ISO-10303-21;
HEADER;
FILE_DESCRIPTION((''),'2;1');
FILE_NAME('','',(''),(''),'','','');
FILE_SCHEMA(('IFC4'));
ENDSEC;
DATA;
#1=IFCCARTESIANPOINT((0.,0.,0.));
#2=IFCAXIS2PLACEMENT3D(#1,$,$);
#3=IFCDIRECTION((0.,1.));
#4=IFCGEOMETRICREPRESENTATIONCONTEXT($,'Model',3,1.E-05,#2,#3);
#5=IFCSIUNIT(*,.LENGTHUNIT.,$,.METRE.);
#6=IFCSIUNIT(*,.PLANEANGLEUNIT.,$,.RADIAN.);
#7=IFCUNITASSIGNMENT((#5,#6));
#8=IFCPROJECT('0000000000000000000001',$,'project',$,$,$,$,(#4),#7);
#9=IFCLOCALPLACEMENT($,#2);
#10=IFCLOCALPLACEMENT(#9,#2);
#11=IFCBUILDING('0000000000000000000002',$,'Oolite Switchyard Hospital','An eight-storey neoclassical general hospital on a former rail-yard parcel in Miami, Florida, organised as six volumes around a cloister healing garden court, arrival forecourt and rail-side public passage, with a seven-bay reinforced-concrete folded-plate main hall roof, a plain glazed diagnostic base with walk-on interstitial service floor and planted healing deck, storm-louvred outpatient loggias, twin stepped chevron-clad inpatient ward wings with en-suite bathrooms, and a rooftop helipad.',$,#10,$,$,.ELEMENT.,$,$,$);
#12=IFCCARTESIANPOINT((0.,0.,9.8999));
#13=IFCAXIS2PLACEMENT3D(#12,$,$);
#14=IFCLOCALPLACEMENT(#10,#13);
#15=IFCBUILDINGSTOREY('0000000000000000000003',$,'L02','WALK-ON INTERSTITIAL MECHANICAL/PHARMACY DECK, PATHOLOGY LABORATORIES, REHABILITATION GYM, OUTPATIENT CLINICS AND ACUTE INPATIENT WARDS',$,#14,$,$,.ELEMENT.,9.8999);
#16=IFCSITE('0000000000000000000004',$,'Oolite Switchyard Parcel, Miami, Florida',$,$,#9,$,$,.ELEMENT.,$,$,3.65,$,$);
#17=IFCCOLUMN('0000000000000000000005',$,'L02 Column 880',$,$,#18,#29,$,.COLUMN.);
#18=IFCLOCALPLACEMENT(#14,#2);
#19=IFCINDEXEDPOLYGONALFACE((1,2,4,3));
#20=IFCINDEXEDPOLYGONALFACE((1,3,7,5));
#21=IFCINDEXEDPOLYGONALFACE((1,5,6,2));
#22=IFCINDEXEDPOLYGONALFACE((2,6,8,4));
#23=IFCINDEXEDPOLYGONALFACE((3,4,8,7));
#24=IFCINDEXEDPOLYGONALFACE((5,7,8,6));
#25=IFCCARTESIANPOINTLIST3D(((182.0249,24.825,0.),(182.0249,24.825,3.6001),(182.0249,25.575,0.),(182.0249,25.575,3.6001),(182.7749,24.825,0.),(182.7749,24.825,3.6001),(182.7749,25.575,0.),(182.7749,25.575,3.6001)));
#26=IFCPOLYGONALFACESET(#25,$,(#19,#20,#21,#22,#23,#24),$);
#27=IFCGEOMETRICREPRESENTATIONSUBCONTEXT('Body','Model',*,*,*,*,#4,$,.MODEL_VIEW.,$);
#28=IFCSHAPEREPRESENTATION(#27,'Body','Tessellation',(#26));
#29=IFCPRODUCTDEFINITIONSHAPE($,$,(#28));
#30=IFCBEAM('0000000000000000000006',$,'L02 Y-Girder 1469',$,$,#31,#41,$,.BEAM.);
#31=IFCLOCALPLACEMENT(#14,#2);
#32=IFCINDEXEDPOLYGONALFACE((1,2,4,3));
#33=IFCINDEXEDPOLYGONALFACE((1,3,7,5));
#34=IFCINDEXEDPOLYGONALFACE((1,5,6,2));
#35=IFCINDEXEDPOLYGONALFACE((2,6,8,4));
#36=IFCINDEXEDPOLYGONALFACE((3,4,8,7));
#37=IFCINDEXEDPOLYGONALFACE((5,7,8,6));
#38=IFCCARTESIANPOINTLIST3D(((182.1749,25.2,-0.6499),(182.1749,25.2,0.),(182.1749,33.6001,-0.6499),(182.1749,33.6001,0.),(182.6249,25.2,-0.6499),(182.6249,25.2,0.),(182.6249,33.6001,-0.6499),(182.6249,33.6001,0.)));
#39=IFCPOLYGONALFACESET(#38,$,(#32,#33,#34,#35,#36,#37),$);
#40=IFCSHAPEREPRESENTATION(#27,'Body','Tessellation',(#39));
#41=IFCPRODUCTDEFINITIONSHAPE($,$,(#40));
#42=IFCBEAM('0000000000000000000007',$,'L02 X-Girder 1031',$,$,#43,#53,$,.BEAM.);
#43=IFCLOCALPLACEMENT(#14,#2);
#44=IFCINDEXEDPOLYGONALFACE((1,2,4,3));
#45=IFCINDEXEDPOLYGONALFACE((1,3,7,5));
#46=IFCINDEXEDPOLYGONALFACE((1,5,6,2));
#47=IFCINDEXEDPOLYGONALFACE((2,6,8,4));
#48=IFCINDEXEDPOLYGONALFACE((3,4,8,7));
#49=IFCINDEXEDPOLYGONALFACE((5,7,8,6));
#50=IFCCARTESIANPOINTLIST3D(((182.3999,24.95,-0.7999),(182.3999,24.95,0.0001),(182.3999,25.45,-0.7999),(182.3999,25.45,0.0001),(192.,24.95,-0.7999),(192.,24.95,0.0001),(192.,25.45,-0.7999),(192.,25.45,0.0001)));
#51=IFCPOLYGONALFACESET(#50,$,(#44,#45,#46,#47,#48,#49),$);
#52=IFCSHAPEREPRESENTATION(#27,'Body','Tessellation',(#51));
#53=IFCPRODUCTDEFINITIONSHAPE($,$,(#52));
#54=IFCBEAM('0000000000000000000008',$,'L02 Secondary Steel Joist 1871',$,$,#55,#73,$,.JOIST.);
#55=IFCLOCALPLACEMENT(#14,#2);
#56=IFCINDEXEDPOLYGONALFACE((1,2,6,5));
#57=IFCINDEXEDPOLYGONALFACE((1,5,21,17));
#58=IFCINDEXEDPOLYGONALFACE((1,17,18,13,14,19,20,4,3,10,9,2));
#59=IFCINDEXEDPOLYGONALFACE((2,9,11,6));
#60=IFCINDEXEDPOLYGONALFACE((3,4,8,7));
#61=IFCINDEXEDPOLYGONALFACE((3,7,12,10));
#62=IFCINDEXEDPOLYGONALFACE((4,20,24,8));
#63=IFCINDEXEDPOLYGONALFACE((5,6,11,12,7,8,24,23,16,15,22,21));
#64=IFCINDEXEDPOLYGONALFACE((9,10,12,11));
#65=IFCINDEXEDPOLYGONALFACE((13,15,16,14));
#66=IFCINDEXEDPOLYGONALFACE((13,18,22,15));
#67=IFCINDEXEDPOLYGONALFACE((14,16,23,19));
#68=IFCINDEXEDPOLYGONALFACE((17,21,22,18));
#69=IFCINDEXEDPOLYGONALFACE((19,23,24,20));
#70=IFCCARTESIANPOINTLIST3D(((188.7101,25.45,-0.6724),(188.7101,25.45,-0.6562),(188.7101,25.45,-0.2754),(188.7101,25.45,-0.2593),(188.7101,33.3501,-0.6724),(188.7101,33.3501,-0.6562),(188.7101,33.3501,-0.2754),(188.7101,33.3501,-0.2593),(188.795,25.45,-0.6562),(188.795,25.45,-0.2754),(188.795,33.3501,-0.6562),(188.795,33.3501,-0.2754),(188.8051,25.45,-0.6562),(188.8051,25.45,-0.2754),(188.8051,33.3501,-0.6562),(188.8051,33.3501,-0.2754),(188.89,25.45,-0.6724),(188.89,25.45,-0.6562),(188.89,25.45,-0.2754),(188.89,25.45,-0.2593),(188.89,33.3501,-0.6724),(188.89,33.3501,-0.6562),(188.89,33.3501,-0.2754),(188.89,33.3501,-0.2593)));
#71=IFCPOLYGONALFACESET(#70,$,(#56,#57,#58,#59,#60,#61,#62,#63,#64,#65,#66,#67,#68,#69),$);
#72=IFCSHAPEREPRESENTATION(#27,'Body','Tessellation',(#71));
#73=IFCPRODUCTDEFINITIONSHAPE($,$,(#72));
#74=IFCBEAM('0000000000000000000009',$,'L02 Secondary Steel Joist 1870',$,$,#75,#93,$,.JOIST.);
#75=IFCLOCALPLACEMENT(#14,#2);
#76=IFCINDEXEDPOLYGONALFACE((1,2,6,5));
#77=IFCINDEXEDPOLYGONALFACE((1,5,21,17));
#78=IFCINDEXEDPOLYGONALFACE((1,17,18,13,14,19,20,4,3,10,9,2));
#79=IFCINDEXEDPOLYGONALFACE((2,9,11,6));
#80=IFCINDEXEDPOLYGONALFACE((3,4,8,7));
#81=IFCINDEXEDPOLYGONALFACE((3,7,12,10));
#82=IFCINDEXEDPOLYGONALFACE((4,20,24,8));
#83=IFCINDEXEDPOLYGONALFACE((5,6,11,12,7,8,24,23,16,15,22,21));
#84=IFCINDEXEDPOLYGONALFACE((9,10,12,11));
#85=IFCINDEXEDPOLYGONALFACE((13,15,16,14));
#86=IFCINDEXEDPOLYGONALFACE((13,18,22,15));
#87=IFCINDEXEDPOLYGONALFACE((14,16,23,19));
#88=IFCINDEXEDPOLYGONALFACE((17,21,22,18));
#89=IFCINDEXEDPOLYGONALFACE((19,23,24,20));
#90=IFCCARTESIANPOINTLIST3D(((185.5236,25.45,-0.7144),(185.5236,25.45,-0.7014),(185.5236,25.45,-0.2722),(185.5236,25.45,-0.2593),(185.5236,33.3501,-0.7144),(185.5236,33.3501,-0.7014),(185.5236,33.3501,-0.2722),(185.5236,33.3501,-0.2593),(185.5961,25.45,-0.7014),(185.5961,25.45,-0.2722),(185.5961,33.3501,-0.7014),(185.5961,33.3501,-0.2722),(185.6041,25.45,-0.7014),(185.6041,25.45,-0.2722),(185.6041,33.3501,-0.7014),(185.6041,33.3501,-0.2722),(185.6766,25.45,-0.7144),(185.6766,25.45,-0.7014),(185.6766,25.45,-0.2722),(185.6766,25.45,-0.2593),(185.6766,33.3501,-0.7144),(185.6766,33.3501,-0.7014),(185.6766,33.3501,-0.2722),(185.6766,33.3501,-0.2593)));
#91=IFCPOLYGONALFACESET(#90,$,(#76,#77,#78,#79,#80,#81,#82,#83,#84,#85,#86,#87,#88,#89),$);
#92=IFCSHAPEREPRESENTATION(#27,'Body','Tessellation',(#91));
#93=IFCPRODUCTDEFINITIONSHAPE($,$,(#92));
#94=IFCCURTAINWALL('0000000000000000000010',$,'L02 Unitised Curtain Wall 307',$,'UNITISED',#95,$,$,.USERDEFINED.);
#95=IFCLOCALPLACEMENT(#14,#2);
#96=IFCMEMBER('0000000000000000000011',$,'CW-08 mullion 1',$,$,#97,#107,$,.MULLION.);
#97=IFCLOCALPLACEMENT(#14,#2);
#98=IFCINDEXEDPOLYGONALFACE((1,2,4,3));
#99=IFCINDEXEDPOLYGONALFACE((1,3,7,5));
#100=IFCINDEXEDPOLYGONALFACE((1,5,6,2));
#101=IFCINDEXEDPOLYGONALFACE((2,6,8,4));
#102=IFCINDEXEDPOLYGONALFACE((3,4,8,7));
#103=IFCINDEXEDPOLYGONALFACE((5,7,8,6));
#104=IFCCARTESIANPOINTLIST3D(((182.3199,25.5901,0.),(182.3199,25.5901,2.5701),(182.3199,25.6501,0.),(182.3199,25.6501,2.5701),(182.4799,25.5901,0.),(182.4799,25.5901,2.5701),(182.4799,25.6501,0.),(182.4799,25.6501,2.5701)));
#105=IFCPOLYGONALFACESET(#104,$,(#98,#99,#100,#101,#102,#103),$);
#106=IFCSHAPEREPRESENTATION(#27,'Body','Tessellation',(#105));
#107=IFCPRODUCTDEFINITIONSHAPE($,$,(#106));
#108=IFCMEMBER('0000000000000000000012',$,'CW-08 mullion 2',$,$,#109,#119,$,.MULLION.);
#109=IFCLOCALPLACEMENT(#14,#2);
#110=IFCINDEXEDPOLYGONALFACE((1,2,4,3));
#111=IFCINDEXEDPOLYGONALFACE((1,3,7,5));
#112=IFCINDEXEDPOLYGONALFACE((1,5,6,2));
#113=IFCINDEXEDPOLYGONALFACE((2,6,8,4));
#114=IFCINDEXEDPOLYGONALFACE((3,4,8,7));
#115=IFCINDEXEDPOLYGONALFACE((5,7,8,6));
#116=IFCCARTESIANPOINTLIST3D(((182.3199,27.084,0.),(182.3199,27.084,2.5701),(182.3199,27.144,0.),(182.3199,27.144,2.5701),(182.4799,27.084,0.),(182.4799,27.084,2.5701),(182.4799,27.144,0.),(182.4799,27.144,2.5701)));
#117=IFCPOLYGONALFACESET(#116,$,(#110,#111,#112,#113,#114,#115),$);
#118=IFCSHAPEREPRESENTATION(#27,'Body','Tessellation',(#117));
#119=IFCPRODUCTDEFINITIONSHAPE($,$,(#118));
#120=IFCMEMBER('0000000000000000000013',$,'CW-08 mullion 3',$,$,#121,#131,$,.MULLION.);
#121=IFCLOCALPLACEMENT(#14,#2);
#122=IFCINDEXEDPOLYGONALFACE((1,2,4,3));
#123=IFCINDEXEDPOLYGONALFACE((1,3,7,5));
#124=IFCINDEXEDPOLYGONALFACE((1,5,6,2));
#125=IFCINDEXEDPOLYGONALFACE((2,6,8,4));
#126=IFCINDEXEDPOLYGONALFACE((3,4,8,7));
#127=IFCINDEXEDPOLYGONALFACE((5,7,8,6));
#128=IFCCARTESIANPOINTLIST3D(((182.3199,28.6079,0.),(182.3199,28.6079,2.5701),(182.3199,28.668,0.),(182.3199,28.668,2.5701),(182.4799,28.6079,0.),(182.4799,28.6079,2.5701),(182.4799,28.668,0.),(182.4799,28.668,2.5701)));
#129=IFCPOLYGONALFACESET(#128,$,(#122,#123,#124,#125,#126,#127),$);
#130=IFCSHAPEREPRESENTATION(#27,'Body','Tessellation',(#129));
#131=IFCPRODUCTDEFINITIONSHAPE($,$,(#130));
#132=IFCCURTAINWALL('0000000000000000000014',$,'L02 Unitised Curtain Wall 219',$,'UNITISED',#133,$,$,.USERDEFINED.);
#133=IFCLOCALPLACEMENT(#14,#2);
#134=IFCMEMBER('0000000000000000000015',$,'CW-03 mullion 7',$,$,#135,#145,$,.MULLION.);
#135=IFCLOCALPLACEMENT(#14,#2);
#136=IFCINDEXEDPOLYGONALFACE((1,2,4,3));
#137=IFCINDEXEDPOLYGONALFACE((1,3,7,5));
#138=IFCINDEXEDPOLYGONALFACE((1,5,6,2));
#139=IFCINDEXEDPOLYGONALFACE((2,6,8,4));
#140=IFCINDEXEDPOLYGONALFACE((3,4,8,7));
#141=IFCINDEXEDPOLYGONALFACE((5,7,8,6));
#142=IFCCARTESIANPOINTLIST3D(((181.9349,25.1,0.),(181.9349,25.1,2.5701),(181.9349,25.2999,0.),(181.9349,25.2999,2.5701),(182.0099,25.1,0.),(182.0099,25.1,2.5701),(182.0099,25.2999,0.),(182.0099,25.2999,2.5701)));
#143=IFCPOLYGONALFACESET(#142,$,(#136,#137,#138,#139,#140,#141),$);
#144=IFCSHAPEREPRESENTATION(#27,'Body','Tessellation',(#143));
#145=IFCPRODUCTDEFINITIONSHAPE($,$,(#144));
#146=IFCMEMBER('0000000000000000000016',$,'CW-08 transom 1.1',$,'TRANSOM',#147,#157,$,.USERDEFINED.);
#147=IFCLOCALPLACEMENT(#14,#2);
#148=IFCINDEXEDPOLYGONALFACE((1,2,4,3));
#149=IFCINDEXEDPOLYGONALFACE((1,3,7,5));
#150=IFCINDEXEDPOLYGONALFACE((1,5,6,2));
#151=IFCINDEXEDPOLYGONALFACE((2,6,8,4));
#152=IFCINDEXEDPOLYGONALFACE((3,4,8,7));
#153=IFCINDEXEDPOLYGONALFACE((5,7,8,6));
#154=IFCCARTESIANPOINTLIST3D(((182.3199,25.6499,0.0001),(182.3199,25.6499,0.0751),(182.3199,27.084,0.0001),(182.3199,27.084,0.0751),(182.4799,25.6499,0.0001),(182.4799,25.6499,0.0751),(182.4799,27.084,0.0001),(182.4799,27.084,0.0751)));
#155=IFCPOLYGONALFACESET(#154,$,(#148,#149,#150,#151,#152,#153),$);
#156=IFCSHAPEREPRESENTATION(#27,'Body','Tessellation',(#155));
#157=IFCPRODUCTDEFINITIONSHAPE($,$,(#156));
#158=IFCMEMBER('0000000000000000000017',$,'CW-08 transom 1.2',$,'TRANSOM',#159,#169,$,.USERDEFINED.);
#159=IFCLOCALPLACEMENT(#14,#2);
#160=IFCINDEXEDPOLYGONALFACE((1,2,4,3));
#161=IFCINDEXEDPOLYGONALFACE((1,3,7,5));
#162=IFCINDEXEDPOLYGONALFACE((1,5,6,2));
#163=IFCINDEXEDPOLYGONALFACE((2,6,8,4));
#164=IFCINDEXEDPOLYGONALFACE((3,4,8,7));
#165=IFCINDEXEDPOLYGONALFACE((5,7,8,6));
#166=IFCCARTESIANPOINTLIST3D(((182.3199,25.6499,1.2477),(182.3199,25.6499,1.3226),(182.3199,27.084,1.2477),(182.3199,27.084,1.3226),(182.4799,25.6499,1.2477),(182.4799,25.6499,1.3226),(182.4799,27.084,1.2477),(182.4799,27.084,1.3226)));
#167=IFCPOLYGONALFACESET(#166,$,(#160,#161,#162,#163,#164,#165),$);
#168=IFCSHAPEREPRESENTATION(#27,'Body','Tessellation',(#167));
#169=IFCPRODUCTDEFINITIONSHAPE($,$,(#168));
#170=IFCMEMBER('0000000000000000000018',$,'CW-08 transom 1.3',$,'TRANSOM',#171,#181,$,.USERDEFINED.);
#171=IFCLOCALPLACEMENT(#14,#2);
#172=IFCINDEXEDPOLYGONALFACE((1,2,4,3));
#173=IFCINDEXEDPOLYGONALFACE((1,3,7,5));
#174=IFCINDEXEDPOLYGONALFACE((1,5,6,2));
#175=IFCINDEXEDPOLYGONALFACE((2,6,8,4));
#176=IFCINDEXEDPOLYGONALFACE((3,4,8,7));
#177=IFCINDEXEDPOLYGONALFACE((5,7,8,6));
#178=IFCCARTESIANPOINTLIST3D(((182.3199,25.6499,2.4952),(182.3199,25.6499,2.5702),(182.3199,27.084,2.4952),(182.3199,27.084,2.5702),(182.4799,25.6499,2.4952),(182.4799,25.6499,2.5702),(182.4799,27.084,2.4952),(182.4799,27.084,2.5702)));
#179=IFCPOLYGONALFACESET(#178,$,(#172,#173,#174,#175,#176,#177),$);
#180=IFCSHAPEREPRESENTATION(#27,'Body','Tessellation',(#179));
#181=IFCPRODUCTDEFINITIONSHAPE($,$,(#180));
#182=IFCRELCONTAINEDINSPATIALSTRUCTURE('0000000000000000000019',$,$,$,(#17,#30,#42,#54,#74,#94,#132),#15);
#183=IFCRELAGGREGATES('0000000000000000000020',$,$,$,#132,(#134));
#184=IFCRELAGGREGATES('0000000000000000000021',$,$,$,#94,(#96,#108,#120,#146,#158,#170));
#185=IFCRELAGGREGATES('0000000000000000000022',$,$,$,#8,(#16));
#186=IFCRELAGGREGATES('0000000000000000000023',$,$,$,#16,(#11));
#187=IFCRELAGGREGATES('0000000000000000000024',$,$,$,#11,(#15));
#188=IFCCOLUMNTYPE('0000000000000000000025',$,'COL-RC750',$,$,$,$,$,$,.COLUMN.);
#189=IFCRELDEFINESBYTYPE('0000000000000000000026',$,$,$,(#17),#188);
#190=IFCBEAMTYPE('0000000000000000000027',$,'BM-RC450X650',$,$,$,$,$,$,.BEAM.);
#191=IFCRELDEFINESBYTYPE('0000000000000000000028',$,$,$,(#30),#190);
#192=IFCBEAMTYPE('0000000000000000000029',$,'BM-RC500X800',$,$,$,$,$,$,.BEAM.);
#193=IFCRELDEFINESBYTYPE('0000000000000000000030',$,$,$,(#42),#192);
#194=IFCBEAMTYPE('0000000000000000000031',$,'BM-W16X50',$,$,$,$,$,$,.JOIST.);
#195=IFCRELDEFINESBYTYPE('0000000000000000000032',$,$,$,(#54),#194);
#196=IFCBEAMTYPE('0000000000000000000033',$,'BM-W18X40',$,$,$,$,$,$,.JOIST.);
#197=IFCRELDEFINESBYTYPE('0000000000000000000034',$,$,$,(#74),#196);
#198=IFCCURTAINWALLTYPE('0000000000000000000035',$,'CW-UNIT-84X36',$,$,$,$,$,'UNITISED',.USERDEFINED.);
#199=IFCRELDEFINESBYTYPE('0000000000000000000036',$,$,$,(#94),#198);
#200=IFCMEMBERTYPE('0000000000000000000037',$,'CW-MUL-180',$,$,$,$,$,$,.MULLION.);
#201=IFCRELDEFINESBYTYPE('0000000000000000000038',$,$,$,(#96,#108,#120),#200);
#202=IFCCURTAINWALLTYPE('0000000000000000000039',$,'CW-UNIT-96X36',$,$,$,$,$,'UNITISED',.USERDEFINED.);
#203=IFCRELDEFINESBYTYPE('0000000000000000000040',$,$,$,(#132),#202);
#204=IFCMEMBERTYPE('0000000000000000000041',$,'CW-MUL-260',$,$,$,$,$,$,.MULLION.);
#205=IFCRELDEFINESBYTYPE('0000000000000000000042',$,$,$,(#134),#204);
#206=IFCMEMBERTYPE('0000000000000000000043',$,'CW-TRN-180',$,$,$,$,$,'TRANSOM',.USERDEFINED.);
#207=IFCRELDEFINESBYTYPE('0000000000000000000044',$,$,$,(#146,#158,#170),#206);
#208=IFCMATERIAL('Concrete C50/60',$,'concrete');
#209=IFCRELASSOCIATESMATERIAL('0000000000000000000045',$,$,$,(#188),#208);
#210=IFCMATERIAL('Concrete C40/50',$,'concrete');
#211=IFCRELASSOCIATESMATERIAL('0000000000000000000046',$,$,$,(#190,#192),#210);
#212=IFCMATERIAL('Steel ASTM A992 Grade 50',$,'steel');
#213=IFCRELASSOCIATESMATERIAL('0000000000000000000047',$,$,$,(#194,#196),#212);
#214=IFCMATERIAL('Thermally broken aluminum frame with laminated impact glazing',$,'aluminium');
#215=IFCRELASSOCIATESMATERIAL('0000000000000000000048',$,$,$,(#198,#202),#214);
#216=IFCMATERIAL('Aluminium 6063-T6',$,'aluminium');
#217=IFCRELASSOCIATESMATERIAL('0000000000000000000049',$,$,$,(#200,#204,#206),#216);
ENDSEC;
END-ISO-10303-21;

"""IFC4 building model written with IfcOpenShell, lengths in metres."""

from ifc_helpers import new_model, si_unit, direction, frame, origin, origin_2d, place, context, subcontext, project, spatial, rectangle, i_section, extrude, material, material_profile, profile_set, type_object, element, aggregate, save


model = new_model("IFC4")

# Units and contexts
model_context = context("Model", 3, precision=1e-05, world=origin(), true_north=direction((0.0, 1.0)))
body_context = subcontext(model_context, "Body", "Model", "MODEL_VIEW")
ifc_project = project(units=[si_unit("LENGTHUNIT", "METRE"), si_unit("PLANEANGLEUNIT", "RADIAN")], contexts=[model_context])

# Site, building, storey
site_placement = place(None, origin())
site = spatial("IfcSite", under=ifc_project, at=site_placement, Name="Oolite Switchyard Parcel, Miami, Florida", CompositionType="ELEMENT", RefElevation=3.65)
building_placement = place(site_placement, origin())
building = spatial("IfcBuilding", under=site, at=building_placement, Name="Oolite Switchyard Hospital", Description="An eight-storey neoclassical general hospital on a former rail-yard parcel in Miami, Florida, organised as six volumes around a cloister healing garden court, arrival forecourt and rail-side public passage, with a seven-bay reinforced-concrete folded-plate main hall roof, a plain glazed diagnostic base with walk-on interstitial service floor and planted healing deck, storm-louvred outpatient loggias, twin stepped chevron-clad inpatient ward wings with en-suite bathrooms, and a rooftop helipad.", CompositionType="ELEMENT")
storey_placement = place(building_placement, frame((0.0, 0.0, 9.8999)))
storey = spatial("IfcBuildingStorey", under=building, at=storey_placement, Name="L02", Description="WALK-ON INTERSTITIAL MECHANICAL/PHARMACY DECK, PATHOLOGY LABORATORIES, REHABILITATION GYM, OUTPATIENT CLINICS AND ACUTE INPATIENT WARDS", CompositionType="ELEMENT", Elevation=9.8999)

# Column
ifc_material_1 = material(Name="Concrete C50/60", Category="concrete")
ifc_material_profile_1 = material_profile(ifc_material_1, rectangle(XDim=0.75, YDim=0.75, at=origin_2d()), Name="RC750X750")
ifc_profile_set_1 = profile_set([ifc_material_profile_1], Name="Concrete C50/60")
column_type = type_object("IfcColumnType", Name="COL-RC750", PredefinedType="COLUMN", material=ifc_profile_set_1)
column_placement = place(storey_placement, frame((182.3999, 25.2, 0.0), z_axis=(0.0, 0.0, 1.0), x_axis=(1.0, 0.0, 0.0)))
element("IfcColumn", 1, at=column_placement, inside=storey, type_object=column_type, Name="L02 Column 880", PredefinedType="COLUMN", context=body_context, shape_type="SweptSolid", body=[
    extrude(rectangle(XDim=0.75, YDim=0.75, at=origin_2d()), origin(), (0.0, 0.0, 1.0), 3.6001),
])

# Beams
ifc_material_2 = material(Name="Concrete C40/50", Category="concrete")
ifc_material_profile_2 = material_profile(ifc_material_2, rectangle(XDim=0.45, YDim=0.6499, at=origin_2d()), Name="RCB450X650")
ifc_profile_set_2 = profile_set([ifc_material_profile_2], Name="Concrete C40/50")
beam_type_1 = type_object("IfcBeamType", Name="BM-RC450X650", PredefinedType="BEAM", material=ifc_profile_set_2)
beam_1_placement = place(storey_placement, frame((182.3999, 25.2, -0.325), z_axis=(0.0, 1.0, 0.0), x_axis=(-1.0, 0.0, 0.0)))
element("IfcBeam", 2, at=beam_1_placement, inside=storey, type_object=beam_type_1, Name="L02 Y-Girder 1469", PredefinedType="BEAM", context=body_context, shape_type="SweptSolid", body=[
    extrude(rectangle(XDim=0.45, YDim=0.6499, at=origin_2d()), origin(), (0.0, 0.0, 1.0), 8.4001),
])
ifc_material_profile_3 = material_profile(ifc_material_2, rectangle(XDim=0.5, YDim=0.8, at=origin_2d()), Name="RCB500X800")
ifc_profile_set_3 = profile_set([ifc_material_profile_3], Name="Concrete C40/50")
beam_type_2 = type_object("IfcBeamType", Name="BM-RC500X800", PredefinedType="BEAM", material=ifc_profile_set_3)
beam_2_placement = place(storey_placement, frame((182.3999, 25.2, -0.3999), z_axis=(1.0, 0.0, 0.0), x_axis=(0.0, 1.0, 0.0)))
element("IfcBeam", 3, at=beam_2_placement, inside=storey, type_object=beam_type_2, Name="L02 X-Girder 1031", PredefinedType="BEAM", context=body_context, shape_type="SweptSolid", body=[
    extrude(rectangle(XDim=0.5, YDim=0.8, at=origin_2d()), origin(), (0.0, 0.0, 1.0), 9.6001),
])
ifc_material_3 = material(Name="Steel ASTM A992 Grade 50", Category="steel")
ifc_material_profile_4 = material_profile(ifc_material_3, i_section(OverallWidth=0.1799, OverallDepth=0.4131, WebThickness=0.01, FlangeThickness=0.0161, at=origin_2d()), Name="W16X50")
ifc_profile_set_4 = profile_set([ifc_material_profile_4], Name="Steel ASTM A992 Grade 50")
beam_type_3 = type_object("IfcBeamType", Name="BM-W16X50", PredefinedType="JOIST", material=ifc_profile_set_4)
beam_3_placement = place(storey_placement, frame((188.8, 25.45, -0.4658), z_axis=(0.0, 1.0, 0.0), x_axis=(-1.0, 0.0, 0.0)))
element("IfcBeam", 4, at=beam_3_placement, inside=storey, type_object=beam_type_3, Name="L02 Secondary Steel Joist 1871", PredefinedType="JOIST", context=body_context, shape_type="SweptSolid", body=[
    extrude(i_section(OverallWidth=0.1799, OverallDepth=0.4131, WebThickness=0.01, FlangeThickness=0.0161, at=origin_2d()), origin(), (0.0, 0.0, 1.0), 7.9001),
])
ifc_material_profile_5 = material_profile(ifc_material_3, i_section(OverallWidth=0.1531, OverallDepth=0.4551, WebThickness=0.0081, FlangeThickness=0.0129, at=origin_2d()), Name="W18X40")
ifc_profile_set_5 = profile_set([ifc_material_profile_5], Name="Steel ASTM A992 Grade 50")
beam_type_4 = type_object("IfcBeamType", Name="BM-W18X40", PredefinedType="JOIST", material=ifc_profile_set_5)
beam_4_placement = place(storey_placement, frame((185.6001, 25.45, -0.4868), z_axis=(0.0, 1.0, 0.0), x_axis=(-1.0, 0.0, 0.0)))
element("IfcBeam", 5, at=beam_4_placement, inside=storey, type_object=beam_type_4, Name="L02 Secondary Steel Joist 1870", PredefinedType="JOIST", context=body_context, shape_type="SweptSolid", body=[
    extrude(i_section(OverallWidth=0.1531, OverallDepth=0.4551, WebThickness=0.0081, FlangeThickness=0.0129, at=origin_2d()), origin(), (0.0, 0.0, 1.0), 7.9001),
])

# Curtain wall, members
ifc_material_4 = material(Name="Thermally broken aluminum frame with laminated impact glazing", Category="aluminium")
curtain_wall_type_1 = type_object("IfcCurtainWallType", Name="CW-UNIT-84X36", ElementType="UNITISED", PredefinedType="USERDEFINED", material=ifc_material_4)
curtain_wall_1_placement = place(storey_placement, origin())
curtain_wall_1 = element("IfcCurtainWall", 6, at=curtain_wall_1_placement, inside=storey, type_object=curtain_wall_type_1, Name="L02 Unitised Curtain Wall 307", ObjectType="UNITISED", PredefinedType="USERDEFINED")
ifc_material_5 = material(Name="Aluminium 6063-T6", Category="aluminium")
ifc_material_profile_6 = material_profile(ifc_material_5, rectangle(XDim=0.1599, YDim=0.0601, at=origin_2d()), Name="CWM60X160")
ifc_profile_set_6 = profile_set([ifc_material_profile_6], Name="Aluminium 6063-T6")
member_type_1 = type_object("IfcMemberType", Name="CW-MUL-180", PredefinedType="MULLION", material=ifc_profile_set_6)
member_1_placement = place(storey_placement, frame((182.3999, 25.6201, 0.0), z_axis=(0.0, 0.0, 1.0), x_axis=(-1.0, 0.0, 0.0)))
member_1 = element("IfcMember", 7, at=member_1_placement, type_object=member_type_1, Name="CW-08 mullion 1", PredefinedType="MULLION", context=body_context, shape_type="SweptSolid", body=[
    extrude(rectangle(XDim=0.1599, YDim=0.0601, at=origin_2d()), origin(), (0.0, 0.0, 1.0), 2.5701),
])
member_2_placement = place(storey_placement, frame((182.3999, 27.114, 0.0), z_axis=(0.0, 0.0, 1.0), x_axis=(-1.0, 0.0, 0.0)))
member_2 = element("IfcMember", 8, at=member_2_placement, type_object=member_type_1, Name="CW-08 mullion 2", PredefinedType="MULLION", context=body_context, shape_type="SweptSolid", body=[
    extrude(rectangle(XDim=0.1599, YDim=0.0601, at=origin_2d()), origin(), (0.0, 0.0, 1.0), 2.5701),
])
member_3_placement = place(storey_placement, frame((182.3999, 28.6379, 0.0), z_axis=(0.0, 0.0, 1.0), x_axis=(-1.0, 0.0, 0.0)))
member_3 = element("IfcMember", 9, at=member_3_placement, type_object=member_type_1, Name="CW-08 mullion 3", PredefinedType="MULLION", context=body_context, shape_type="SweptSolid", body=[
    extrude(rectangle(XDim=0.1599, YDim=0.0601, at=origin_2d()), origin(), (0.0, 0.0, 1.0), 2.5701),
])

# Curtain wall, member
curtain_wall_type_2 = type_object("IfcCurtainWallType", Name="CW-UNIT-96X36", ElementType="UNITISED", PredefinedType="USERDEFINED", material=ifc_material_4)
curtain_wall_2_placement = place(storey_placement, origin())
curtain_wall_2 = element("IfcCurtainWall", 10, at=curtain_wall_2_placement, inside=storey, type_object=curtain_wall_type_2, Name="L02 Unitised Curtain Wall 219", ObjectType="UNITISED", PredefinedType="USERDEFINED")
ifc_material_profile_7 = material_profile(ifc_material_5, rectangle(XDim=0.2, YDim=0.075, at=origin_2d()), Name="CWM75X200")
ifc_profile_set_7 = profile_set([ifc_material_profile_7], Name="Aluminium 6063-T6")
member_type_2 = type_object("IfcMemberType", Name="CW-MUL-260", PredefinedType="MULLION", material=ifc_profile_set_7)
member_4_placement = place(storey_placement, frame((181.9724, 25.2, 0.0), z_axis=(0.0, 0.0, 1.0), x_axis=(0.0, 1.0, 0.0)))
member_4 = element("IfcMember", 11, at=member_4_placement, type_object=member_type_2, Name="CW-03 mullion 7", PredefinedType="MULLION", context=body_context, shape_type="SweptSolid", body=[
    extrude(rectangle(XDim=0.2, YDim=0.075, at=origin_2d()), origin(), (0.0, 0.0, 1.0), 2.5701),
])

# Members
ifc_material_profile_8 = material_profile(ifc_material_5, rectangle(XDim=0.1599, YDim=0.075, at=origin_2d()), Name="CWT75X160")
ifc_profile_set_8 = profile_set([ifc_material_profile_8], Name="Aluminium 6063-T6")
member_type_3 = type_object("IfcMemberType", Name="CW-TRN-180", ElementType="TRANSOM", PredefinedType="USERDEFINED", material=ifc_profile_set_8)
member_5_placement = place(storey_placement, frame((182.3999, 25.6499, 0.0376), z_axis=(0.0, 1.0, 0.0), x_axis=(-1.0, 0.0, 0.0)))
member_5 = element("IfcMember", 12, at=member_5_placement, type_object=member_type_3, Name="CW-08 transom 1.1", ObjectType="TRANSOM", PredefinedType="USERDEFINED", context=body_context, shape_type="SweptSolid", body=[
    extrude(rectangle(XDim=0.1599, YDim=0.075, at=origin_2d()), origin(), (0.0, 0.0, 1.0), 1.4341),
])
member_6_placement = place(storey_placement, frame((182.3999, 25.6499, 1.2852), z_axis=(0.0, 1.0, 0.0), x_axis=(-1.0, 0.0, 0.0)))
member_6 = element("IfcMember", 13, at=member_6_placement, type_object=member_type_3, Name="CW-08 transom 1.2", ObjectType="TRANSOM", PredefinedType="USERDEFINED", context=body_context, shape_type="SweptSolid", body=[
    extrude(rectangle(XDim=0.1599, YDim=0.075, at=origin_2d()), origin(), (0.0, 0.0, 1.0), 1.4341),
])
member_7_placement = place(storey_placement, frame((182.3999, 25.6499, 2.5327), z_axis=(0.0, 1.0, 0.0), x_axis=(-1.0, 0.0, 0.0)))
member_7 = element("IfcMember", 14, at=member_7_placement, type_object=member_type_3, Name="CW-08 transom 1.3", ObjectType="TRANSOM", PredefinedType="USERDEFINED", context=body_context, shape_type="SweptSolid", body=[
    extrude(rectangle(XDim=0.1599, YDim=0.075, at=origin_2d()), origin(), (0.0, 0.0, 1.0), 1.4341),
])

aggregate(curtain_wall_2, [member_4])
aggregate(curtain_wall_1, [member_1, member_2, member_3, member_5, member_6, member_7])

save(model, "model.ifc")
